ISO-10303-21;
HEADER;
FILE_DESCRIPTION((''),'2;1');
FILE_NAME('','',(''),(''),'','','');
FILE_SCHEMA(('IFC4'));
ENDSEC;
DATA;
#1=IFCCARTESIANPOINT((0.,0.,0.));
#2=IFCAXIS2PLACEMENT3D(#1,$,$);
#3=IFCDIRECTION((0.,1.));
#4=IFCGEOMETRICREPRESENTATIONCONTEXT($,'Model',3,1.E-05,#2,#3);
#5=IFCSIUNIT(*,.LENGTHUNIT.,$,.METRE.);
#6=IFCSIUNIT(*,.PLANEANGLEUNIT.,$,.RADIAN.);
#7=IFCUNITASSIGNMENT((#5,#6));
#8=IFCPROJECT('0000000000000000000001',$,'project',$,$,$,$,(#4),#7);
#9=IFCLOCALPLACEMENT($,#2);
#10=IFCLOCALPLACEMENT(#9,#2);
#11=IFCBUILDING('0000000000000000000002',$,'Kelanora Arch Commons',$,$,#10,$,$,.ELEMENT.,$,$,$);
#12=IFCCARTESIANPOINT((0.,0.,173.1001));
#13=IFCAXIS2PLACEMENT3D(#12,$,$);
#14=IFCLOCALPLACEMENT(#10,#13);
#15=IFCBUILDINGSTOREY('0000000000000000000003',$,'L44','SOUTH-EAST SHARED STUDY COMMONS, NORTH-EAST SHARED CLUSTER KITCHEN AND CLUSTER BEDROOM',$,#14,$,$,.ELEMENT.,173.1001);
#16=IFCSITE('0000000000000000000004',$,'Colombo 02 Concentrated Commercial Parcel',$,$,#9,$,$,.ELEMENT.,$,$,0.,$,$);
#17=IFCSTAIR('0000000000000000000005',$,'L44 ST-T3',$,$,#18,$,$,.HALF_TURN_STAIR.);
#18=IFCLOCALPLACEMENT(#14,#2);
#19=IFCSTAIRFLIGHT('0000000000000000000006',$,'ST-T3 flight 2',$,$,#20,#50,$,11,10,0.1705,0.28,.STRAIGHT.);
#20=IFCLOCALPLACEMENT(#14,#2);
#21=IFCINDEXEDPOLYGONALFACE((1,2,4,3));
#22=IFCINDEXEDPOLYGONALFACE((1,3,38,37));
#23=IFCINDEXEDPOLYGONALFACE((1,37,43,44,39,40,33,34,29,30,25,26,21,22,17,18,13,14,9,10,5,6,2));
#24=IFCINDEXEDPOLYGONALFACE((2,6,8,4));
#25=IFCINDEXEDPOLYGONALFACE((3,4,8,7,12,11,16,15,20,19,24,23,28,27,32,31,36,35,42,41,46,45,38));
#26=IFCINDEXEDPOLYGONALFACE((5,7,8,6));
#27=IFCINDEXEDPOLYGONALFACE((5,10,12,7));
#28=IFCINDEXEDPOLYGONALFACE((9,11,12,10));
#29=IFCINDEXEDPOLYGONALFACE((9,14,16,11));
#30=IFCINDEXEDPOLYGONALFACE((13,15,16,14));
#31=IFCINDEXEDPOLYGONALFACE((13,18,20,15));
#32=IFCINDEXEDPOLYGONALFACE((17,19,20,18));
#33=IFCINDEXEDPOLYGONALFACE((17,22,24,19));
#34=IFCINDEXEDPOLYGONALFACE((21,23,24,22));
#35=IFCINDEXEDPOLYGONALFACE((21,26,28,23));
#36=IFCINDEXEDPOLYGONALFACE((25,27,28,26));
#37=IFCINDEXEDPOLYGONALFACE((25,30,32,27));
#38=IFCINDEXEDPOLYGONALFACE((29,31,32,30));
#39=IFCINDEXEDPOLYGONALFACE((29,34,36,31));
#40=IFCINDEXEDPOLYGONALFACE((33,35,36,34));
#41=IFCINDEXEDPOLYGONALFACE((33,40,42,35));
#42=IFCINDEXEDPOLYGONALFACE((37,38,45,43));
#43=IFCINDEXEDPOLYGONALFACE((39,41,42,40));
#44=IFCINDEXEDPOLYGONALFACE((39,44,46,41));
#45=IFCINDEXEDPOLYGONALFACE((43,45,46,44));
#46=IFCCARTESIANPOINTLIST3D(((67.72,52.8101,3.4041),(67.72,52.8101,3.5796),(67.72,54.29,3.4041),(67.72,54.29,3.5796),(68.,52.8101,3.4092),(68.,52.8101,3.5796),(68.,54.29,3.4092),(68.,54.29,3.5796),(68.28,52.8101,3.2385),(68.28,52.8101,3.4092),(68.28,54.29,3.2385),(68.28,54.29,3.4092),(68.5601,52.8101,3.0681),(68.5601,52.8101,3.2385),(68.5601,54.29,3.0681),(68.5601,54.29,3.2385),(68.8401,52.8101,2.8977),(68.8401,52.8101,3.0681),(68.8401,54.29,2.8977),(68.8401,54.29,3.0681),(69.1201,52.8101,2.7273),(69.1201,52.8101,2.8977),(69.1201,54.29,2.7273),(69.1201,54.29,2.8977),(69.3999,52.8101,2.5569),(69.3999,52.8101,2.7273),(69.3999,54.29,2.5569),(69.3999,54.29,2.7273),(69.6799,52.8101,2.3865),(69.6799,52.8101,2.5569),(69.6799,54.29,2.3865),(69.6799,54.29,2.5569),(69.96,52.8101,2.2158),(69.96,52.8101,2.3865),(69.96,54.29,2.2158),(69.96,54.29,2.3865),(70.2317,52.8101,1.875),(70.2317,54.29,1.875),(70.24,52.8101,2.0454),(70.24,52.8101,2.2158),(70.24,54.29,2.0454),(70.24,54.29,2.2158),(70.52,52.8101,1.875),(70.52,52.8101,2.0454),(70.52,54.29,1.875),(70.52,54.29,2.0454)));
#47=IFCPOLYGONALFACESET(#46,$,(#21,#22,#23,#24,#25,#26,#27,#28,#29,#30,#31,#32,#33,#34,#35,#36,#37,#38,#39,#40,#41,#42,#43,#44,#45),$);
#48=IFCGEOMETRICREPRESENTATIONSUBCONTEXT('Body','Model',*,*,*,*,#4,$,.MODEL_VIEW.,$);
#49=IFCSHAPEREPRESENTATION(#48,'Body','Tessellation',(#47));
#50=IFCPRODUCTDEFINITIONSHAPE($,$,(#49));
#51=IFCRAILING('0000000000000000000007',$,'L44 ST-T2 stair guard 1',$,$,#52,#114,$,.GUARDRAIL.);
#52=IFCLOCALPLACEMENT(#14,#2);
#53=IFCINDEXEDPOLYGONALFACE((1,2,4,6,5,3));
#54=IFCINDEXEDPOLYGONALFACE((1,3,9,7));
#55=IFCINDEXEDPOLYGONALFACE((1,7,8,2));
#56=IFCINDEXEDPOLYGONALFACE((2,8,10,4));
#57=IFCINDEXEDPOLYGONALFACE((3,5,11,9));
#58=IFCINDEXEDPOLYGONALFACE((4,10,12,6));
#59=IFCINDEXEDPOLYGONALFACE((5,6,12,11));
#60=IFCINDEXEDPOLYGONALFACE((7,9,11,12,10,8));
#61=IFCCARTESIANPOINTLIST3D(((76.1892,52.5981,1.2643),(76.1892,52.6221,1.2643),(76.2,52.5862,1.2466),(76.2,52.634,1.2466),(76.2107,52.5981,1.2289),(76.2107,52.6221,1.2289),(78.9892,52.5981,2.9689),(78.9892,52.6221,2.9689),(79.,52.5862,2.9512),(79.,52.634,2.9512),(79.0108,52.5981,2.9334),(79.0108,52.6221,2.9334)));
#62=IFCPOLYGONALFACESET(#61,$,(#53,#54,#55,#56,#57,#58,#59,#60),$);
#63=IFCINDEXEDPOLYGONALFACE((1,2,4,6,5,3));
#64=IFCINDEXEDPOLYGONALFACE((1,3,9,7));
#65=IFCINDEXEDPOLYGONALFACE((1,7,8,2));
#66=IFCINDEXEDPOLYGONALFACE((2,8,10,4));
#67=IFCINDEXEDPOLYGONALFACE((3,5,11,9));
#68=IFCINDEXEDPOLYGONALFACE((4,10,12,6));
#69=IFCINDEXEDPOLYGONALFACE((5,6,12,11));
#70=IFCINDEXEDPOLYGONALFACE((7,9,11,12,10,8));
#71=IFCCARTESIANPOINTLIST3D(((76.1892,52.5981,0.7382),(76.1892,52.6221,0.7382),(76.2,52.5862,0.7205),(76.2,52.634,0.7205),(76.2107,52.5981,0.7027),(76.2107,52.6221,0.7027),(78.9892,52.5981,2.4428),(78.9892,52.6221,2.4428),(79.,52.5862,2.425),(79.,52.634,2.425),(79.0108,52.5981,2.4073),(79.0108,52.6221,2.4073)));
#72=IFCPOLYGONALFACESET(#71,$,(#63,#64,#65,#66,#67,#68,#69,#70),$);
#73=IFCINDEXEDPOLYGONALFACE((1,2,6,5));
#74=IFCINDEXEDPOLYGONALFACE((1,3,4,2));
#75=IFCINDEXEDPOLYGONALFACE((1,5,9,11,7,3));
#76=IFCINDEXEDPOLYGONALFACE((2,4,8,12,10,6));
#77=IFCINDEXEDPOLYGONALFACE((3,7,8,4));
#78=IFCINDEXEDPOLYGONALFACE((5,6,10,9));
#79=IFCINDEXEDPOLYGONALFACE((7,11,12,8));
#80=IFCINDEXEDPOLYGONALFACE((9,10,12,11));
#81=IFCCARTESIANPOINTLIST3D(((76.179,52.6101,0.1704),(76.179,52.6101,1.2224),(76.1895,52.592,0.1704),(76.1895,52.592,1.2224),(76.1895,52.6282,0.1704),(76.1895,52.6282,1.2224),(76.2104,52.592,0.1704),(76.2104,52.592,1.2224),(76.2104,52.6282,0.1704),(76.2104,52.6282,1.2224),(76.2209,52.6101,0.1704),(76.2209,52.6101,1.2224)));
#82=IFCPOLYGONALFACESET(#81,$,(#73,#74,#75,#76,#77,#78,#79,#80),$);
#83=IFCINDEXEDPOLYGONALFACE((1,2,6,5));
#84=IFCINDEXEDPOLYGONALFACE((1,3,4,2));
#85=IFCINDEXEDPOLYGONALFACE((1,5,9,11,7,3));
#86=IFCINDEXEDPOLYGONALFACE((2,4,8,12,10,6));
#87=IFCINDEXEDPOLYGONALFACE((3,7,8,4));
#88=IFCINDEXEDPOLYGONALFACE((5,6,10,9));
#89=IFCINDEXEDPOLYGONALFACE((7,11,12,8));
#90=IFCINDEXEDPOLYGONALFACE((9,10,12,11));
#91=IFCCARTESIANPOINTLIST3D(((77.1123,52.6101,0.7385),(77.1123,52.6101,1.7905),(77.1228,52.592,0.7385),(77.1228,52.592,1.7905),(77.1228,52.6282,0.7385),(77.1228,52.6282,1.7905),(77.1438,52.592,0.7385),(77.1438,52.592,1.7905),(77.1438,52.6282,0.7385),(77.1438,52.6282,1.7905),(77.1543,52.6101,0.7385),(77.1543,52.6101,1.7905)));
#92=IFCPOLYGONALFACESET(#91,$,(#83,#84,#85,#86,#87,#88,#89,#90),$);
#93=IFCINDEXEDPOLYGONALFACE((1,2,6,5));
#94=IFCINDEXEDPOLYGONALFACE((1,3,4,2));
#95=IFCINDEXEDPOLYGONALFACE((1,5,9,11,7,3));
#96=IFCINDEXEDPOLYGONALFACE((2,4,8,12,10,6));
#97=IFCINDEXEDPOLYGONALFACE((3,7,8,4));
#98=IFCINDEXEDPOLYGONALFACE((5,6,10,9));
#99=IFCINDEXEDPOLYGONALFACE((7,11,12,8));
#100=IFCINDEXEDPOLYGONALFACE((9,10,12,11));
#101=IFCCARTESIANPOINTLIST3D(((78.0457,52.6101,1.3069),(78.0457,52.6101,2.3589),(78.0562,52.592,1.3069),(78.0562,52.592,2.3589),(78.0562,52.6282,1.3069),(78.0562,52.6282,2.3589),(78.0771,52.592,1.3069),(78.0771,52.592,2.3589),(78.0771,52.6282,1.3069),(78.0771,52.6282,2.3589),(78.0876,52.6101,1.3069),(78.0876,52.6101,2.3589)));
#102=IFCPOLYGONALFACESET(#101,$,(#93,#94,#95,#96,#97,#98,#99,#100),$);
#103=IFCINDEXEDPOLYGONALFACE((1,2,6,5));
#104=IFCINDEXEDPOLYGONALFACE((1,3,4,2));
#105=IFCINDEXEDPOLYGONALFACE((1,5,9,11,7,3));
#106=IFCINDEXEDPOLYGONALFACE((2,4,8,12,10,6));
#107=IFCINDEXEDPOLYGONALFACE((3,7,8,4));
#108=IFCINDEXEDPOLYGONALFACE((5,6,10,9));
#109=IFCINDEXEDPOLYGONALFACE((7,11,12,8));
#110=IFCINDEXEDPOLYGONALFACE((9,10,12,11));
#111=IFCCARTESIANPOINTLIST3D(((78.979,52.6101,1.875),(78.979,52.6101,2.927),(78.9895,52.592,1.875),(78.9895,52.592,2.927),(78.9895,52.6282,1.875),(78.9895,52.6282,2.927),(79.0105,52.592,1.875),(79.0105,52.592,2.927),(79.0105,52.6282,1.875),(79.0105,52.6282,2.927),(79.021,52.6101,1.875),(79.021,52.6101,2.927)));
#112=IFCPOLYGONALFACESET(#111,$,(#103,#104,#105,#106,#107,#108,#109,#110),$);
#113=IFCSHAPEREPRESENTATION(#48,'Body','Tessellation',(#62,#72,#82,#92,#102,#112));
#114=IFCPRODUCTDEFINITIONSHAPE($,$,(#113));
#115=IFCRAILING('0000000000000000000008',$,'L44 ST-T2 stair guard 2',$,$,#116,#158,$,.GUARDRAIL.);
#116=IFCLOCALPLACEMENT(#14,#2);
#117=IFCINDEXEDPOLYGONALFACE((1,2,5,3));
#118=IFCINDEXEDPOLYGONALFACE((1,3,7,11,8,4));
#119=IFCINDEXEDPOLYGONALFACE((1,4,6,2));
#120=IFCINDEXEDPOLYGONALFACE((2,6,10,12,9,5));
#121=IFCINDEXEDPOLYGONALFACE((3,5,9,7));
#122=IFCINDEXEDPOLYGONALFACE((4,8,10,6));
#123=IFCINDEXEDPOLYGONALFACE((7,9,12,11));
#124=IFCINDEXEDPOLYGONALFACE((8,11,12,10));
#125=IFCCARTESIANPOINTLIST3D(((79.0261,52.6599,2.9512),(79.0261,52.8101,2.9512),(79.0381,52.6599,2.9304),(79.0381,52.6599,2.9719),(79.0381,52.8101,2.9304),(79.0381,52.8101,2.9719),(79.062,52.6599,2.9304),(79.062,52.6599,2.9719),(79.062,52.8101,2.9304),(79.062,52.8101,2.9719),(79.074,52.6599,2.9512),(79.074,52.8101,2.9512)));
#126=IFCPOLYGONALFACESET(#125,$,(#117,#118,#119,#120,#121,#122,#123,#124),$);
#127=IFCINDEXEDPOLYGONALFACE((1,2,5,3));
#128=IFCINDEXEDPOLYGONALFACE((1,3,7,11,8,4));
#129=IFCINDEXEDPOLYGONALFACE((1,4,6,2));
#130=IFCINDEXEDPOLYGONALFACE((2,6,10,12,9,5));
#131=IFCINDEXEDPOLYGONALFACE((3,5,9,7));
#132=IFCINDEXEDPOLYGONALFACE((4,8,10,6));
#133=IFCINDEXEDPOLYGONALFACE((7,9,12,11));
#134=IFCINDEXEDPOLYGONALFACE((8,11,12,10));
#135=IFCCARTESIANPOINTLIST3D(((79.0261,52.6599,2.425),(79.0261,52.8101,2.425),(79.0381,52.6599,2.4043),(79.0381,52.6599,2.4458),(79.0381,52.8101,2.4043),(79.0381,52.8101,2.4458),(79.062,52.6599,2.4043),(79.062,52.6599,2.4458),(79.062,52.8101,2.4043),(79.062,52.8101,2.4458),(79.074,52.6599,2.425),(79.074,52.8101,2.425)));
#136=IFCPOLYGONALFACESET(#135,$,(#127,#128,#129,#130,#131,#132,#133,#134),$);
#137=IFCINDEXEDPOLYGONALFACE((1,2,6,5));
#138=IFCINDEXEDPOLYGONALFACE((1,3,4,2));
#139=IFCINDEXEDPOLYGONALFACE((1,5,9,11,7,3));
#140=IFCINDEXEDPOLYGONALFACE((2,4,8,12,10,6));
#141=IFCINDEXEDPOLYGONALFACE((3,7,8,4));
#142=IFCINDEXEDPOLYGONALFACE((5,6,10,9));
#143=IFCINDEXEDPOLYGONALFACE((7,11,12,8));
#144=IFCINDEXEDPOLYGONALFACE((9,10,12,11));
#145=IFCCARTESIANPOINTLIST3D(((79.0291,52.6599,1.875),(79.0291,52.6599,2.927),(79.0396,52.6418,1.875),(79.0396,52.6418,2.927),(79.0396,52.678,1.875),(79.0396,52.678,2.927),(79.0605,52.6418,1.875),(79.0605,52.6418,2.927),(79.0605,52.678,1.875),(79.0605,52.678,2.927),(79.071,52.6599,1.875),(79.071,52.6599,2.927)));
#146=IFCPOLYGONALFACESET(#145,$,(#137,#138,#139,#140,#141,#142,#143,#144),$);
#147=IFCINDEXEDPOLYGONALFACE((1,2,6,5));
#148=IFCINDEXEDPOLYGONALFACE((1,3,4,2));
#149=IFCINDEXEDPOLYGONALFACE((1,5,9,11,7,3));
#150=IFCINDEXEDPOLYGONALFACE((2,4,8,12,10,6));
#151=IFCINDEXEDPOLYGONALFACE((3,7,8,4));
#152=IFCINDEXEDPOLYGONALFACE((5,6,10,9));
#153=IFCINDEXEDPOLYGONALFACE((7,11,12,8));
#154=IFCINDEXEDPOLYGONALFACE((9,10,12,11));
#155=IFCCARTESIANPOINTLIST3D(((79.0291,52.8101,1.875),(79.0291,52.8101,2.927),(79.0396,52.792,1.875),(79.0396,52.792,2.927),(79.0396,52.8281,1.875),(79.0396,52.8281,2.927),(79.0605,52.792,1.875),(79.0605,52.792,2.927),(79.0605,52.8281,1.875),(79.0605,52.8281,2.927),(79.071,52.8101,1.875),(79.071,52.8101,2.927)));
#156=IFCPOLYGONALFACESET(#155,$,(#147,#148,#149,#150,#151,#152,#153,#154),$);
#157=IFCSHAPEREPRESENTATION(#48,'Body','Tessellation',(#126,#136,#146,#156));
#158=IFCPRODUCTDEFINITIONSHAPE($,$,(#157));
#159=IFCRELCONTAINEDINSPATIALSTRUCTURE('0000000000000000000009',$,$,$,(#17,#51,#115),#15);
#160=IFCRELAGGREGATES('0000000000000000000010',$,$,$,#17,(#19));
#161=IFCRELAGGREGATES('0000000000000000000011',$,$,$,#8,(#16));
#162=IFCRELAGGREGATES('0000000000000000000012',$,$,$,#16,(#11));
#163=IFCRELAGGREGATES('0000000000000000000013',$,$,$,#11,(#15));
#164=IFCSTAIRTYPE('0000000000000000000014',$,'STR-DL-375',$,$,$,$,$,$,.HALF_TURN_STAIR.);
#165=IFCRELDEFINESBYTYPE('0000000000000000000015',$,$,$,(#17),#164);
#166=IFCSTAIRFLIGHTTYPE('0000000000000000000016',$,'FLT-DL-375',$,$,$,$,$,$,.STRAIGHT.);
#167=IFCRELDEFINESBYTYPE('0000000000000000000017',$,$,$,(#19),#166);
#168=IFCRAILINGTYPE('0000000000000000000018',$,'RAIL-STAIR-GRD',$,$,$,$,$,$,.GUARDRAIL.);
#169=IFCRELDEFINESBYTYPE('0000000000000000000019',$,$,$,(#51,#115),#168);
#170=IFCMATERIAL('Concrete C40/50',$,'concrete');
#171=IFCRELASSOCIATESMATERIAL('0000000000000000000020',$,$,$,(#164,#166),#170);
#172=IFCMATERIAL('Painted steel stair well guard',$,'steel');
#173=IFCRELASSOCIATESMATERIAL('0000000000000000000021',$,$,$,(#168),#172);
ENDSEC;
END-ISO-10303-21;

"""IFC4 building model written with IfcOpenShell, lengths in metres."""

from ifc_helpers import new_model, si_unit, direction, frame, origin, place, context, subcontext, project, spatial, polyline, outline, extrude, material, type_object, element, aggregate, save


model = new_model("IFC4")

# Units and contexts
model_context = context("Model", 3, precision=1e-05, world=origin(), true_north=direction((0.0, 1.0)))
body_context = subcontext(model_context, "Body", "Model", "MODEL_VIEW")
ifc_project = project(units=[si_unit("LENGTHUNIT", "METRE"), si_unit("PLANEANGLEUNIT", "RADIAN")], contexts=[model_context])

# Site, building, storey
site_placement = place(None, origin())
site = spatial("IfcSite", under=ifc_project, at=site_placement, Name="Colombo 02 Concentrated Commercial Parcel", CompositionType="ELEMENT", RefElevation=0.0)
building_placement = place(site_placement, origin())
building = spatial("IfcBuilding", under=site, at=building_placement, Name="Kelanora Arch Commons", CompositionType="ELEMENT")
storey_placement = place(building_placement, frame((0.0, 0.0, 173.1001)))
storey = spatial("IfcBuildingStorey", under=building, at=storey_placement, Name="L44", Description="SOUTH-EAST SHARED STUDY COMMONS, NORTH-EAST SHARED CLUSTER KITCHEN AND CLUSTER BEDROOM", CompositionType="ELEMENT", Elevation=173.1001)

# Shared definitions
ifc_material_1 = material(Name="Concrete C40/50", Category="concrete")

# Shared definitions
stair_type = type_object("IfcStairType", Name="STR-DL-375", PredefinedType="HALF_TURN_STAIR", material=ifc_material_1)
stair_flight_type = type_object("IfcStairFlightType", Name="FLT-DL-375", PredefinedType="STRAIGHT", material=ifc_material_1)

# Stair, stair flight
stair_1_placement = place(storey_placement, origin())
stair_1 = element("IfcStair", 1, at=stair_1_placement, inside=storey, type_object=stair_type, Name="L44 ST-T3", PredefinedType="HALF_TURN_STAIR")
stair_flight_1_placement = place(storey_placement, frame((70.52, 53.55, 1.875), z_axis=(0.0, 0.0, 1.0), x_axis=(-1.0, 0.0, 0.0)))
stair_flight_1 = element("IfcStairFlight", 2, at=stair_flight_1_placement, type_object=stair_flight_type, Name="ST-T3 flight 2", NumberOfRisers=11, NumberOfTreads=10, PredefinedType="STRAIGHT", RiserHeight=0.1705, TreadLength=0.28, context=body_context, shape_type="SweptSolid", body=[
    extrude(outline(polyline([(0.0, 0.0), (0.0, 0.1704), (0.28, 0.1704), (0.28, 0.3408), (0.5601, 0.3408), (0.5601, 0.5115), (0.8401, 0.5115), (0.8401, 0.6819), (1.1201, 0.6819), (1.1201, 0.8523), (1.3999, 0.8523), (1.3999, 1.0227), (1.6799, 1.0227), (1.6799, 1.1931), (1.96, 1.1931), (1.96, 1.3635), (2.24, 1.3635), (2.24, 1.5342), (2.52, 1.5342), (2.52, 1.7046), (2.8, 1.7046), (2.8, 1.875), (2.8, 1.5291), (0.2883, 0.0), (0.0, 0.0)])), frame((0.0, 0.74, 0.0), z_axis=(0.0, -1.0, 0.0), x_axis=(1.0, 0.0, 0.0)), (0.0, 0.0, 1.0), 1.48),
])
aggregate(stair_1, [stair_flight_1])

# Railings
ifc_material_2 = material(Name="Painted steel stair well guard", Category="steel")
railing_type_1 = type_object("IfcRailingType", Name="RAIL-STAIR-GRD", PredefinedType="GUARDRAIL", material=ifc_material_2)
railing_1_placement = place(storey_placement, frame((76.2, 52.6101, 0.1704)))
element("IfcRailing", 3, at=railing_1_placement, inside=storey, type_object=railing_type_1, Name="L44 ST-T2 stair guard 1", PredefinedType="GUARDRAIL", context=body_context, shape_type="SweptSolid", body=[
    extrude(outline(polyline([(0.0239, 0.0), (0.012, 0.0208), (-0.012, 0.0208), (-0.0239, 0.0), (-0.012, -0.0208), (0.012, -0.0208), (0.0239, 0.0)])), frame((0.0, 0.0, 1.0762), z_axis=(0.85417, 0.0, 0.519994), x_axis=(0.0, 1.0, 0.0)), (0.0, 0.0, 1.0), 3.2781),
    extrude(outline(polyline([(0.0239, 0.0), (0.012, 0.0208), (-0.012, 0.0208), (-0.0239, 0.0), (-0.012, -0.0208), (0.012, -0.0208), (0.0239, 0.0)])), frame((0.0, 0.0, 0.55), z_axis=(0.85417, 0.0, 0.519994), x_axis=(0.0, 1.0, 0.0)), (0.0, 0.0, 1.0), 3.2781),
    extrude(outline(polyline([(0.021, 0.0), (0.0105, 0.0181), (-0.0105, 0.0181), (-0.021, 0.0), (-0.0105, -0.0181), (0.0105, -0.0181), (0.021, 0.0)])), origin(), (0.0, 0.0, 1.0), 1.052),
    extrude(outline(polyline([(0.021, 0.0), (0.0105, 0.0181), (-0.0105, 0.0181), (-0.021, 0.0), (-0.0105, -0.0181), (0.0105, -0.0181), (0.021, 0.0)])), frame((0.9333, 0.0, 0.5681)), (0.0, 0.0, 1.0), 1.052),
    extrude(outline(polyline([(0.021, 0.0), (0.0105, 0.0181), (-0.0105, 0.0181), (-0.021, 0.0), (-0.0105, -0.0181), (0.0105, -0.0181), (0.021, 0.0)])), frame((1.8667, 0.0, 1.1365)), (0.0, 0.0, 1.0), 1.052),
    extrude(outline(polyline([(0.021, 0.0), (0.0105, 0.0181), (-0.0105, 0.0181), (-0.021, 0.0), (-0.0105, -0.0181), (0.0105, -0.0181), (0.021, 0.0)])), frame((2.8, 0.0, 1.7046)), (0.0, 0.0, 1.0), 1.052),
])
railing_2_placement = place(storey_placement, frame((79.05, 52.6599, 1.875)))
element("IfcRailing", 4, at=railing_2_placement, inside=storey, type_object=railing_type_1, Name="L44 ST-T2 stair guard 2", PredefinedType="GUARDRAIL", context=body_context, shape_type="SweptSolid", body=[
    extrude(outline(polyline([(0.0239, 0.0), (0.012, 0.0208), (-0.012, 0.0208), (-0.0239, 0.0), (-0.012, -0.0208), (0.012, -0.0208), (0.0239, 0.0)])), frame((0.0, 0.0, 1.0762), z_axis=(0.0, 1.0, 0.0), x_axis=(-1.0, 0.0, 0.0)), (0.0, 0.0, 1.0), 0.1501),
    extrude(outline(polyline([(0.0239, 0.0), (0.012, 0.0208), (-0.012, 0.0208), (-0.0239, 0.0), (-0.012, -0.0208), (0.012, -0.0208), (0.0239, 0.0)])), frame((0.0, 0.0, 0.55), z_axis=(0.0, 1.0, 0.0), x_axis=(-1.0, 0.0, 0.0)), (0.0, 0.0, 1.0), 0.1501),
    extrude(outline(polyline([(0.021, 0.0), (0.0105, 0.0181), (-0.0105, 0.0181), (-0.021, 0.0), (-0.0105, -0.0181), (0.0105, -0.0181), (0.021, 0.0)])), origin(), (0.0, 0.0, 1.0), 1.052),
    extrude(outline(polyline([(0.021, 0.0), (0.0105, 0.0181), (-0.0105, 0.0181), (-0.021, 0.0), (-0.0105, -0.0181), (0.0105, -0.0181), (0.021, 0.0)])), frame((0.0, 0.1501, 0.0)), (0.0, 0.0, 1.0), 1.052),
])

save(model, "model.ifc")
